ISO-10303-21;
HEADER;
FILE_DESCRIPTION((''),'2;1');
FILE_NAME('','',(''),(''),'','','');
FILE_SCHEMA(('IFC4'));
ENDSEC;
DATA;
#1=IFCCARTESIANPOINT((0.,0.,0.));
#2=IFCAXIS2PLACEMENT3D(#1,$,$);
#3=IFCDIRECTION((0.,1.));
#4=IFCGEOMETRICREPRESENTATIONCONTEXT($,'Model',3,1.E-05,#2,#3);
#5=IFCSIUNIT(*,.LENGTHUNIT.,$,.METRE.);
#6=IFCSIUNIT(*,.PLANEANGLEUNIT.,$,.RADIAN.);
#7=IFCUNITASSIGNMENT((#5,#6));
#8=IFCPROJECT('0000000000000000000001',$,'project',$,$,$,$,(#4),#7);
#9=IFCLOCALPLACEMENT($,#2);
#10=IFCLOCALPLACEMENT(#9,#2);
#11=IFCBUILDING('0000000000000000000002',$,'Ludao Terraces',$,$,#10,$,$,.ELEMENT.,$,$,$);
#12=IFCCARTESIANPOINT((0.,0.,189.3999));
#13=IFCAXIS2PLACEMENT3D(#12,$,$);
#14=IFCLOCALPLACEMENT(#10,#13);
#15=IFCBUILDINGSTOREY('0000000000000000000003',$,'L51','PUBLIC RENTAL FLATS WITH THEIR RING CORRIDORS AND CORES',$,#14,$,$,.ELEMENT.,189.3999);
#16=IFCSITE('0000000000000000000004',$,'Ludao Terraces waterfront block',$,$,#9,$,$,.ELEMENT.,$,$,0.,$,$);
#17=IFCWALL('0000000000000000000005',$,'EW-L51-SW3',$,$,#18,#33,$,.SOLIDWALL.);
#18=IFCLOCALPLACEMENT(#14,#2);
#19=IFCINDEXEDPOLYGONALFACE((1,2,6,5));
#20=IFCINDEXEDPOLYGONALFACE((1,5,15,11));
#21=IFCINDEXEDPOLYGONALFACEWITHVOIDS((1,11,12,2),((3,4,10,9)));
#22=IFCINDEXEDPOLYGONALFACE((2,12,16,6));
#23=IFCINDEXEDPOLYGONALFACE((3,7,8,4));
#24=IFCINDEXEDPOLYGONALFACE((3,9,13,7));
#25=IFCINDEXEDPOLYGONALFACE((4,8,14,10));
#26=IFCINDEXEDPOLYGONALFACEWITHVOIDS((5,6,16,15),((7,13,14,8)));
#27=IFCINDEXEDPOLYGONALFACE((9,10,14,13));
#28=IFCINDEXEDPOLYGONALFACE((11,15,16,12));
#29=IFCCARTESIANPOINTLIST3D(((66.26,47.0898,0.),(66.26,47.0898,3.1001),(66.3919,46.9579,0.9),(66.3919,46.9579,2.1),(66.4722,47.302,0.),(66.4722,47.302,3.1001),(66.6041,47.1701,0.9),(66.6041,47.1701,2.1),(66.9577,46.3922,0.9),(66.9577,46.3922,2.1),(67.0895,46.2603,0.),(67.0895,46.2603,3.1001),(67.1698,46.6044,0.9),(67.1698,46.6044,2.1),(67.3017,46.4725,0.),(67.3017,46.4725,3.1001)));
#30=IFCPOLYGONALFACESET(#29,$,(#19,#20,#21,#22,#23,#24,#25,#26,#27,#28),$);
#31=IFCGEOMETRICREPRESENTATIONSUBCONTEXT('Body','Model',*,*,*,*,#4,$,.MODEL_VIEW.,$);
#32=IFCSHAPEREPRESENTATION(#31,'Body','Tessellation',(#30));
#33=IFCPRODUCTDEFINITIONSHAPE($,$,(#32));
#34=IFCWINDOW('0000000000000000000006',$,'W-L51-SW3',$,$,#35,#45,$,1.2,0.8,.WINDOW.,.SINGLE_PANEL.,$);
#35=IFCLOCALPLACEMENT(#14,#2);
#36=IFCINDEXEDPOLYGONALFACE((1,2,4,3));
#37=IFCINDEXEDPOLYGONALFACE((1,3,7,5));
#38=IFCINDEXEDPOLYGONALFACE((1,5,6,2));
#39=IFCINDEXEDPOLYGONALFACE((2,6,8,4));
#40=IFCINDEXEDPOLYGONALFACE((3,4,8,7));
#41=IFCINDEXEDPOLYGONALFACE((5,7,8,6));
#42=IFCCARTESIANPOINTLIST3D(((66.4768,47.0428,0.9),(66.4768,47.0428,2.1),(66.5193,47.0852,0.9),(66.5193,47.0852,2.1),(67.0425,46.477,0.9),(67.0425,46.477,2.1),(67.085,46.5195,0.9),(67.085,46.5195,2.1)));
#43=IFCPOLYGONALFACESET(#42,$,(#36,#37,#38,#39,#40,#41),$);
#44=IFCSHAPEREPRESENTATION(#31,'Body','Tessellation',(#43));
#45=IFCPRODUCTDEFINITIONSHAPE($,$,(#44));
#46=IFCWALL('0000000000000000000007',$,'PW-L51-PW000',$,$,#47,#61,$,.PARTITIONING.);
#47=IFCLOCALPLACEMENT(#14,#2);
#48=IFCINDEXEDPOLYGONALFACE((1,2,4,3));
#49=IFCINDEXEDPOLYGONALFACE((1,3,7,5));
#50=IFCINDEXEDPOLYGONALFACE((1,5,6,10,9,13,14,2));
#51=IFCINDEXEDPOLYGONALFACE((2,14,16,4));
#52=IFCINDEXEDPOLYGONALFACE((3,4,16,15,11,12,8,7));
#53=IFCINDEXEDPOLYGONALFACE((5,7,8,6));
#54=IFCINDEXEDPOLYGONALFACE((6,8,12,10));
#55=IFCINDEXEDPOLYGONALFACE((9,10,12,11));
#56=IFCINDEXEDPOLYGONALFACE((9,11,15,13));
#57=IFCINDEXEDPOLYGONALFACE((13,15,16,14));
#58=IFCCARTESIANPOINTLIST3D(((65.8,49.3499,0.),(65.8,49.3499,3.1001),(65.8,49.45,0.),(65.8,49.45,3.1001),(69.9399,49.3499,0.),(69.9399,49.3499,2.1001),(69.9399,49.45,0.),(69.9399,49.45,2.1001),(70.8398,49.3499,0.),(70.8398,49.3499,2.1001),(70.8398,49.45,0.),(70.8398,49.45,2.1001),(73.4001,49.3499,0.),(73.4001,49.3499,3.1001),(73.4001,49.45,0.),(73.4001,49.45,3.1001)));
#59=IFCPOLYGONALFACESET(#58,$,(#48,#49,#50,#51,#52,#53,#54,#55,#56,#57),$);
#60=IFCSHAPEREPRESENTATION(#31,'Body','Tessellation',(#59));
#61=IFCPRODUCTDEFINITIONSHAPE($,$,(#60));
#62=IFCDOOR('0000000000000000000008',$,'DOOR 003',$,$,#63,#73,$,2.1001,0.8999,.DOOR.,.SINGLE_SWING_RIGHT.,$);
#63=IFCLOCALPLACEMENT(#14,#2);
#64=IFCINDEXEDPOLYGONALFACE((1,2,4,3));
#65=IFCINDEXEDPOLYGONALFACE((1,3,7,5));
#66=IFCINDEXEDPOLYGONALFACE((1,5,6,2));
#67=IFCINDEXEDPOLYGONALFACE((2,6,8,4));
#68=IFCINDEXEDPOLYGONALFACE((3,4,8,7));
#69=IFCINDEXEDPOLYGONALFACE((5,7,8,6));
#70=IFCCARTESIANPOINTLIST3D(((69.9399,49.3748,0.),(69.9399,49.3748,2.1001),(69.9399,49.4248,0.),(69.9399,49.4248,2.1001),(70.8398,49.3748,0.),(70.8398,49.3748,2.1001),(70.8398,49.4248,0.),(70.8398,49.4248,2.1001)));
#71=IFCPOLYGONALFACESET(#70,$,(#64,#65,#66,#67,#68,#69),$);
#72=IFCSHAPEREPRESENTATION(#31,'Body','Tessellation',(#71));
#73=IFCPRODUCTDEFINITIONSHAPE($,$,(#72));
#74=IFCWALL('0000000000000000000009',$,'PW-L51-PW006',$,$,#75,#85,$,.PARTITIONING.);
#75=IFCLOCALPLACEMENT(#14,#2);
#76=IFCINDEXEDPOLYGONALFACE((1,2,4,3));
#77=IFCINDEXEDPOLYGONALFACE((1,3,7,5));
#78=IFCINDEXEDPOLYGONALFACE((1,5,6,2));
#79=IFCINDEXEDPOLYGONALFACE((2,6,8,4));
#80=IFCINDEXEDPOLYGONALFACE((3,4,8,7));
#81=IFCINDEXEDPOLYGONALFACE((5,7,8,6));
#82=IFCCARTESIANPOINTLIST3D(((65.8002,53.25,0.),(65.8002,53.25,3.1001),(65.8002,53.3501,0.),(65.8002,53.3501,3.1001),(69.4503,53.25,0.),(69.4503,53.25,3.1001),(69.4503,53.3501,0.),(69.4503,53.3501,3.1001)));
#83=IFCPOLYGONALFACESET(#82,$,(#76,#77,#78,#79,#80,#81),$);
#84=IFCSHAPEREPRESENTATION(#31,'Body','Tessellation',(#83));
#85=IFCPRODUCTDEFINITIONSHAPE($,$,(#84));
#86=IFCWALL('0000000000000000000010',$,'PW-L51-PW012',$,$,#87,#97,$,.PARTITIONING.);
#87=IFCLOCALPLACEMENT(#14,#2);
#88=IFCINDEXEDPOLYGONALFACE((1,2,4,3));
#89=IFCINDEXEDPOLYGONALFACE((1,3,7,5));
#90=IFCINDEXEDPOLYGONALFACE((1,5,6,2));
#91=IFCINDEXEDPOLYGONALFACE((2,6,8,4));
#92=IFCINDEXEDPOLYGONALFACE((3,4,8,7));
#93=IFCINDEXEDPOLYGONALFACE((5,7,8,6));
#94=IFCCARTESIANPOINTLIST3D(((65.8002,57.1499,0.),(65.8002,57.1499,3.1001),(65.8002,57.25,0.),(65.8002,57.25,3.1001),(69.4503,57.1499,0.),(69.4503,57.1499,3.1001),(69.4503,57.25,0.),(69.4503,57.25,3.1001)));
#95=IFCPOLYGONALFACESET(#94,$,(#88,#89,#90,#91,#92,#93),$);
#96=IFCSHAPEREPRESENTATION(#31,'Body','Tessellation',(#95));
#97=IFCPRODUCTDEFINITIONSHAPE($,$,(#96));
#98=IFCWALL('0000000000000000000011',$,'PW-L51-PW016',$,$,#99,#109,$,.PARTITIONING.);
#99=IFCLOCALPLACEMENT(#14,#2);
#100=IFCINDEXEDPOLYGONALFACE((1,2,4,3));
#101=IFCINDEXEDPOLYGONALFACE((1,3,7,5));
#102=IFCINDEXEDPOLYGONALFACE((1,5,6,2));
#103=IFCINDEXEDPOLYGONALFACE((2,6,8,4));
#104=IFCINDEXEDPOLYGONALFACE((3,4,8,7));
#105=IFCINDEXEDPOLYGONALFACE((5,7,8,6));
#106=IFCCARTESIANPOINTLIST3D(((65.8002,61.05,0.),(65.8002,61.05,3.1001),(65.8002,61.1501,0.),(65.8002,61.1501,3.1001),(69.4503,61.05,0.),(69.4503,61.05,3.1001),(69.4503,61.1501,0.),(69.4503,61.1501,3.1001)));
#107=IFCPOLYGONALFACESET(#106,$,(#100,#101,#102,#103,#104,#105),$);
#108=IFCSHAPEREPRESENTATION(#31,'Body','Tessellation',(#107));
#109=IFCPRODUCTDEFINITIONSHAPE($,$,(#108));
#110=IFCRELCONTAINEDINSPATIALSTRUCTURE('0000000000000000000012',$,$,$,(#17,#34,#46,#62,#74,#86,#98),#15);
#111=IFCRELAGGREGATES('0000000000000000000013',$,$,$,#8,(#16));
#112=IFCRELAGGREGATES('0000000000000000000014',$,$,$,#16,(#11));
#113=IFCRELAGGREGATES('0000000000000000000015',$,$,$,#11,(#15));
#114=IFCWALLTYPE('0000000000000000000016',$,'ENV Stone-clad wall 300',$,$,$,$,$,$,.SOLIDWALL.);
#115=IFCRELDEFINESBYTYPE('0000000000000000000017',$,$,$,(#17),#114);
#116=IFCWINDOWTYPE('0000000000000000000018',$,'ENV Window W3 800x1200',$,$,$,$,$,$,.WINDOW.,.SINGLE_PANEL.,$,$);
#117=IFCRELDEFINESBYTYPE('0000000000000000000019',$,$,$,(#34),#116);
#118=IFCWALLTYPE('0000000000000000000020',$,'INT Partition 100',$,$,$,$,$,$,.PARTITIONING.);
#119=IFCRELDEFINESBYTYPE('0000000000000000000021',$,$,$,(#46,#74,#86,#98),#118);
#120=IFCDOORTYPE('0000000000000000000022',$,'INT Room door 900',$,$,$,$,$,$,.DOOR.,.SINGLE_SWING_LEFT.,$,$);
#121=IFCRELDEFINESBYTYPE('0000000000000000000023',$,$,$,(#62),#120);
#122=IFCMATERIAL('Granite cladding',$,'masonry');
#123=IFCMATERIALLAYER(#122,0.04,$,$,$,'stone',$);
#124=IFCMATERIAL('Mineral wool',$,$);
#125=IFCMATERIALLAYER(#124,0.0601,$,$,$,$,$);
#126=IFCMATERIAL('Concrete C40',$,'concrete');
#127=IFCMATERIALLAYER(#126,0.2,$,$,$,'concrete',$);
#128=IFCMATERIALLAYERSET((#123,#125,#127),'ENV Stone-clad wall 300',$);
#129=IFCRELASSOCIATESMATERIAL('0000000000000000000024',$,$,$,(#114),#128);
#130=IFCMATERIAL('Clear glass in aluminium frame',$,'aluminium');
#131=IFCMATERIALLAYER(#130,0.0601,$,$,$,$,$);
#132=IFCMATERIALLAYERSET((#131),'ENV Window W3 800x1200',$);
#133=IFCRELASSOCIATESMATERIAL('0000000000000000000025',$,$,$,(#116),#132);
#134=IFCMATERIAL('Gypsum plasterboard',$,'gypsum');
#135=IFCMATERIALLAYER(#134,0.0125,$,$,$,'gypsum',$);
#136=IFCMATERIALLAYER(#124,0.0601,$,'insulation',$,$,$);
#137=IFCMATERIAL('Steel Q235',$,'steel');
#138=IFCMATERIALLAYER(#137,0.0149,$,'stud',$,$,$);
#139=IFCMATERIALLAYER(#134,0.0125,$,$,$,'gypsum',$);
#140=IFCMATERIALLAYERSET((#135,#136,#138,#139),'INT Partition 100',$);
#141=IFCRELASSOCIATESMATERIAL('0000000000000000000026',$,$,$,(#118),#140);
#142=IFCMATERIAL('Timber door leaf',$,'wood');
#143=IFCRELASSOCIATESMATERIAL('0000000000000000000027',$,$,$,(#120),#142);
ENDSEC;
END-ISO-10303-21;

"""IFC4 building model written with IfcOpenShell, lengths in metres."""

from ifc_helpers import new_model, si_unit, direction, frame, frame_2d, origin, place, context, subcontext, project, spatial, rectangle, extrude, material, layer, layer_set, type_object, element, fill, save


model = new_model("IFC4")

# Units and contexts
model_context = context("Model", 3, precision=1e-05, world=origin(), true_north=direction((0.0, 1.0)))
body_context = subcontext(model_context, "Body", "Model", "MODEL_VIEW")
ifc_project = project(units=[si_unit("LENGTHUNIT", "METRE"), si_unit("PLANEANGLEUNIT", "RADIAN")], contexts=[model_context])

# Site, building, storey
site_placement = place(None, origin())
site = spatial("IfcSite", under=ifc_project, at=site_placement, Name="Ludao Terraces waterfront block", CompositionType="ELEMENT", RefElevation=0.0)
building_placement = place(site_placement, origin())
building = spatial("IfcBuilding", under=site, at=building_placement, Name="Ludao Terraces", CompositionType="ELEMENT")
storey_placement = place(building_placement, frame((0.0, 0.0, 189.3999)))
storey = spatial("IfcBuildingStorey", under=building, at=storey_placement, Name="L51", Description="PUBLIC RENTAL FLATS WITH THEIR RING CORRIDORS AND CORES", CompositionType="ELEMENT", Elevation=189.3999)

# Shared definitions
ifc_material_1 = material(Name="Concrete C40", Category="concrete")

# Shared definitions
ifc_material_2 = material(Name="Granite cladding", Category="masonry")
ifc_layer_1 = layer(ifc_material_2, 0.04, Category="stone")
ifc_material_3 = material(Name="Mineral wool")
ifc_layer_2 = layer(ifc_material_3, 0.0601)
ifc_layer_3 = layer(ifc_material_1, 0.2, Category="concrete")
ifc_layer_set_1 = layer_set([ifc_layer_1, ifc_layer_2, ifc_layer_3], Name="ENV Stone-clad wall 300")
wall_type_1 = type_object("IfcWallType", Name="ENV Stone-clad wall 300", PredefinedType="SOLIDWALL", material=ifc_layer_set_1)
ifc_material_4 = material(Name="Clear glass in aluminium frame", Category="aluminium")

# Wall, opening, window
ifc_layer_4 = layer(ifc_material_4, 0.0601)
ifc_layer_set_2 = layer_set([ifc_layer_4], Name="ENV Window W3 800x1200")
window_type_1 = type_object("IfcWindowType", Name="ENV Window W3 800x1200", PartitioningType="SINGLE_PANEL", PredefinedType="WINDOW", material=ifc_layer_set_2)
wall_1_placement = place(storey_placement, frame((66.3662, 47.1958, 0.0), z_axis=(0.0, 0.0, 1.0), x_axis=(0.707107, -0.707107, 0.0)))
wall_1 = element("IfcWall", 1, at=wall_1_placement, inside=storey, type_object=wall_type_1, Name="EW-L51-SW3", PredefinedType="SOLIDWALL", context=body_context, shape_type="SweptSolid", body=[
    extrude(rectangle(XDim=1.1731, YDim=0.3, at=frame_2d((0.5864, 0.0))), origin(), (0.0, 0.0, 1.0), 3.1001),
])
opening_1_placement = place(wall_1_placement, frame((0.1865, 0.0, 0.8999)))
opening_1 = element("IfcOpeningElement", 2, at=opening_1_placement, cuts=wall_1, PredefinedType="OPENING", context=body_context, shape_type="SweptSolid", body=[
    extrude(rectangle(XDim=0.8, YDim=1.2, at=frame_2d((0.3999, 0.6001))), frame((0.0, 0.1602, 0.0), z_axis=(0.0, -1.0, 0.0), x_axis=(1.0, 0.0, 0.0)), (0.0, 0.0, 1.0), 0.3201),
])
window_1_placement = place(opening_1_placement, origin())
window_1 = element("IfcWindow", 3, at=window_1_placement, inside=storey, type_object=window_type_1, Name="W-L51-SW3", OverallHeight=1.2, OverallWidth=0.8, PartitioningType="SINGLE_PANEL", PredefinedType="WINDOW", context=body_context, shape_type="SweptSolid", body=[
    extrude(rectangle(XDim=0.8, YDim=1.2, at=frame_2d((0.3999, 0.6001))), frame((0.0, 0.03, 0.0), z_axis=(0.0, -1.0, 0.0), x_axis=(1.0, 0.0, 0.0)), (0.0, 0.0, 1.0), 0.0601),
])
fill(opening_1, window_1)

# Wall, opening, door
ifc_material_5 = material(Name="Gypsum plasterboard", Category="gypsum")
ifc_layer_5 = layer(ifc_material_5, 0.0125, Category="gypsum")
ifc_layer_6 = layer(ifc_material_3, 0.0601, Name="insulation")
ifc_material_6 = material(Name="Steel Q235", Category="steel")
ifc_layer_7 = layer(ifc_material_6, 0.0149, Name="stud")
ifc_layer_8 = layer(ifc_material_5, 0.0125, Category="gypsum")
ifc_layer_set_3 = layer_set([ifc_layer_5, ifc_layer_6, ifc_layer_7, ifc_layer_8], Name="INT Partition 100")
wall_type_2 = type_object("IfcWallType", Name="INT Partition 100", PredefinedType="PARTITIONING", material=ifc_layer_set_3)
wall_2_placement = place(storey_placement, frame((65.8, 49.3999, 0.0), z_axis=(0.0, 0.0, 1.0), x_axis=(1.0, 0.0, 0.0)))
wall_2 = element("IfcWall", 4, at=wall_2_placement, inside=storey, type_object=wall_type_2, Name="PW-L51-PW000", PredefinedType="PARTITIONING", context=body_context, shape_type="SweptSolid", body=[
    extrude(rectangle(XDim=7.6001, YDim=0.1001, at=frame_2d((3.8, 0.0))), origin(), (0.0, 0.0, 1.0), 3.1001),
])
opening_2_placement = place(wall_2_placement, frame((4.1399, 0.0, 0.0)))
opening_2 = element("IfcOpeningElement", 5, at=opening_2_placement, cuts=wall_2, PredefinedType="OPENING", context=body_context, shape_type="SweptSolid", body=[
    extrude(rectangle(XDim=0.8999, YDim=2.1001, at=frame_2d((0.45, 1.05))), frame((0.0, 0.0601, 0.0), z_axis=(0.0, -1.0, 0.0), x_axis=(1.0, 0.0, 0.0)), (0.0, 0.0, 1.0), 0.1201),
])
ifc_material_7 = material(Name="Timber door leaf", Category="wood")
door_type_1 = type_object("IfcDoorType", Name="INT Room door 900", OperationType="SINGLE_SWING_LEFT", PredefinedType="DOOR", material=ifc_material_7)
door_1_placement = place(opening_2_placement, origin())
door_1 = element("IfcDoor", 6, at=door_1_placement, inside=storey, type_object=door_type_1, Name="DOOR 003", OperationType="SINGLE_SWING_RIGHT", OverallHeight=2.1001, OverallWidth=0.8999, PredefinedType="DOOR", context=body_context, shape_type="SweptSolid", body=[
    extrude(rectangle(XDim=0.8999, YDim=2.1001, at=frame_2d((0.45, 1.05))), frame((0.0, 0.0249, 0.0), z_axis=(0.0, -1.0, 0.0), x_axis=(1.0, 0.0, 0.0)), (0.0, 0.0, 1.0), 0.05),
])
fill(opening_2, door_1)

# Walls
for number, where, z_axis, x_axis, name in (
    (7, (65.8, 53.3, 0.0), (0.0, 0.0, 1.0), (1.0, 0.0, 0.0), "PW-L51-PW006"),
    (8, (65.8, 57.2, 0.0), (0.0, 0.0, 1.0), (1.0, 0.0, 0.0), "PW-L51-PW012"),
    (9, (65.8, 61.1001, 0.0), (0.0, 0.0, 1.0), (1.0, 0.0, 0.0), "PW-L51-PW016"),
):
    element("IfcWall", number, at=place(storey_placement, frame(where, z_axis=z_axis, x_axis=x_axis)), inside=storey, type_object=wall_type_2, Name=name, PredefinedType="PARTITIONING", context=body_context, shape_type="SweptSolid", body=[
        extrude(rectangle(XDim=3.6501, YDim=0.1001, at=frame_2d((1.8252, 0.0))), origin(), (0.0, 0.0, 1.0), 3.1001),
    ])

save(model, "model.ifc")
